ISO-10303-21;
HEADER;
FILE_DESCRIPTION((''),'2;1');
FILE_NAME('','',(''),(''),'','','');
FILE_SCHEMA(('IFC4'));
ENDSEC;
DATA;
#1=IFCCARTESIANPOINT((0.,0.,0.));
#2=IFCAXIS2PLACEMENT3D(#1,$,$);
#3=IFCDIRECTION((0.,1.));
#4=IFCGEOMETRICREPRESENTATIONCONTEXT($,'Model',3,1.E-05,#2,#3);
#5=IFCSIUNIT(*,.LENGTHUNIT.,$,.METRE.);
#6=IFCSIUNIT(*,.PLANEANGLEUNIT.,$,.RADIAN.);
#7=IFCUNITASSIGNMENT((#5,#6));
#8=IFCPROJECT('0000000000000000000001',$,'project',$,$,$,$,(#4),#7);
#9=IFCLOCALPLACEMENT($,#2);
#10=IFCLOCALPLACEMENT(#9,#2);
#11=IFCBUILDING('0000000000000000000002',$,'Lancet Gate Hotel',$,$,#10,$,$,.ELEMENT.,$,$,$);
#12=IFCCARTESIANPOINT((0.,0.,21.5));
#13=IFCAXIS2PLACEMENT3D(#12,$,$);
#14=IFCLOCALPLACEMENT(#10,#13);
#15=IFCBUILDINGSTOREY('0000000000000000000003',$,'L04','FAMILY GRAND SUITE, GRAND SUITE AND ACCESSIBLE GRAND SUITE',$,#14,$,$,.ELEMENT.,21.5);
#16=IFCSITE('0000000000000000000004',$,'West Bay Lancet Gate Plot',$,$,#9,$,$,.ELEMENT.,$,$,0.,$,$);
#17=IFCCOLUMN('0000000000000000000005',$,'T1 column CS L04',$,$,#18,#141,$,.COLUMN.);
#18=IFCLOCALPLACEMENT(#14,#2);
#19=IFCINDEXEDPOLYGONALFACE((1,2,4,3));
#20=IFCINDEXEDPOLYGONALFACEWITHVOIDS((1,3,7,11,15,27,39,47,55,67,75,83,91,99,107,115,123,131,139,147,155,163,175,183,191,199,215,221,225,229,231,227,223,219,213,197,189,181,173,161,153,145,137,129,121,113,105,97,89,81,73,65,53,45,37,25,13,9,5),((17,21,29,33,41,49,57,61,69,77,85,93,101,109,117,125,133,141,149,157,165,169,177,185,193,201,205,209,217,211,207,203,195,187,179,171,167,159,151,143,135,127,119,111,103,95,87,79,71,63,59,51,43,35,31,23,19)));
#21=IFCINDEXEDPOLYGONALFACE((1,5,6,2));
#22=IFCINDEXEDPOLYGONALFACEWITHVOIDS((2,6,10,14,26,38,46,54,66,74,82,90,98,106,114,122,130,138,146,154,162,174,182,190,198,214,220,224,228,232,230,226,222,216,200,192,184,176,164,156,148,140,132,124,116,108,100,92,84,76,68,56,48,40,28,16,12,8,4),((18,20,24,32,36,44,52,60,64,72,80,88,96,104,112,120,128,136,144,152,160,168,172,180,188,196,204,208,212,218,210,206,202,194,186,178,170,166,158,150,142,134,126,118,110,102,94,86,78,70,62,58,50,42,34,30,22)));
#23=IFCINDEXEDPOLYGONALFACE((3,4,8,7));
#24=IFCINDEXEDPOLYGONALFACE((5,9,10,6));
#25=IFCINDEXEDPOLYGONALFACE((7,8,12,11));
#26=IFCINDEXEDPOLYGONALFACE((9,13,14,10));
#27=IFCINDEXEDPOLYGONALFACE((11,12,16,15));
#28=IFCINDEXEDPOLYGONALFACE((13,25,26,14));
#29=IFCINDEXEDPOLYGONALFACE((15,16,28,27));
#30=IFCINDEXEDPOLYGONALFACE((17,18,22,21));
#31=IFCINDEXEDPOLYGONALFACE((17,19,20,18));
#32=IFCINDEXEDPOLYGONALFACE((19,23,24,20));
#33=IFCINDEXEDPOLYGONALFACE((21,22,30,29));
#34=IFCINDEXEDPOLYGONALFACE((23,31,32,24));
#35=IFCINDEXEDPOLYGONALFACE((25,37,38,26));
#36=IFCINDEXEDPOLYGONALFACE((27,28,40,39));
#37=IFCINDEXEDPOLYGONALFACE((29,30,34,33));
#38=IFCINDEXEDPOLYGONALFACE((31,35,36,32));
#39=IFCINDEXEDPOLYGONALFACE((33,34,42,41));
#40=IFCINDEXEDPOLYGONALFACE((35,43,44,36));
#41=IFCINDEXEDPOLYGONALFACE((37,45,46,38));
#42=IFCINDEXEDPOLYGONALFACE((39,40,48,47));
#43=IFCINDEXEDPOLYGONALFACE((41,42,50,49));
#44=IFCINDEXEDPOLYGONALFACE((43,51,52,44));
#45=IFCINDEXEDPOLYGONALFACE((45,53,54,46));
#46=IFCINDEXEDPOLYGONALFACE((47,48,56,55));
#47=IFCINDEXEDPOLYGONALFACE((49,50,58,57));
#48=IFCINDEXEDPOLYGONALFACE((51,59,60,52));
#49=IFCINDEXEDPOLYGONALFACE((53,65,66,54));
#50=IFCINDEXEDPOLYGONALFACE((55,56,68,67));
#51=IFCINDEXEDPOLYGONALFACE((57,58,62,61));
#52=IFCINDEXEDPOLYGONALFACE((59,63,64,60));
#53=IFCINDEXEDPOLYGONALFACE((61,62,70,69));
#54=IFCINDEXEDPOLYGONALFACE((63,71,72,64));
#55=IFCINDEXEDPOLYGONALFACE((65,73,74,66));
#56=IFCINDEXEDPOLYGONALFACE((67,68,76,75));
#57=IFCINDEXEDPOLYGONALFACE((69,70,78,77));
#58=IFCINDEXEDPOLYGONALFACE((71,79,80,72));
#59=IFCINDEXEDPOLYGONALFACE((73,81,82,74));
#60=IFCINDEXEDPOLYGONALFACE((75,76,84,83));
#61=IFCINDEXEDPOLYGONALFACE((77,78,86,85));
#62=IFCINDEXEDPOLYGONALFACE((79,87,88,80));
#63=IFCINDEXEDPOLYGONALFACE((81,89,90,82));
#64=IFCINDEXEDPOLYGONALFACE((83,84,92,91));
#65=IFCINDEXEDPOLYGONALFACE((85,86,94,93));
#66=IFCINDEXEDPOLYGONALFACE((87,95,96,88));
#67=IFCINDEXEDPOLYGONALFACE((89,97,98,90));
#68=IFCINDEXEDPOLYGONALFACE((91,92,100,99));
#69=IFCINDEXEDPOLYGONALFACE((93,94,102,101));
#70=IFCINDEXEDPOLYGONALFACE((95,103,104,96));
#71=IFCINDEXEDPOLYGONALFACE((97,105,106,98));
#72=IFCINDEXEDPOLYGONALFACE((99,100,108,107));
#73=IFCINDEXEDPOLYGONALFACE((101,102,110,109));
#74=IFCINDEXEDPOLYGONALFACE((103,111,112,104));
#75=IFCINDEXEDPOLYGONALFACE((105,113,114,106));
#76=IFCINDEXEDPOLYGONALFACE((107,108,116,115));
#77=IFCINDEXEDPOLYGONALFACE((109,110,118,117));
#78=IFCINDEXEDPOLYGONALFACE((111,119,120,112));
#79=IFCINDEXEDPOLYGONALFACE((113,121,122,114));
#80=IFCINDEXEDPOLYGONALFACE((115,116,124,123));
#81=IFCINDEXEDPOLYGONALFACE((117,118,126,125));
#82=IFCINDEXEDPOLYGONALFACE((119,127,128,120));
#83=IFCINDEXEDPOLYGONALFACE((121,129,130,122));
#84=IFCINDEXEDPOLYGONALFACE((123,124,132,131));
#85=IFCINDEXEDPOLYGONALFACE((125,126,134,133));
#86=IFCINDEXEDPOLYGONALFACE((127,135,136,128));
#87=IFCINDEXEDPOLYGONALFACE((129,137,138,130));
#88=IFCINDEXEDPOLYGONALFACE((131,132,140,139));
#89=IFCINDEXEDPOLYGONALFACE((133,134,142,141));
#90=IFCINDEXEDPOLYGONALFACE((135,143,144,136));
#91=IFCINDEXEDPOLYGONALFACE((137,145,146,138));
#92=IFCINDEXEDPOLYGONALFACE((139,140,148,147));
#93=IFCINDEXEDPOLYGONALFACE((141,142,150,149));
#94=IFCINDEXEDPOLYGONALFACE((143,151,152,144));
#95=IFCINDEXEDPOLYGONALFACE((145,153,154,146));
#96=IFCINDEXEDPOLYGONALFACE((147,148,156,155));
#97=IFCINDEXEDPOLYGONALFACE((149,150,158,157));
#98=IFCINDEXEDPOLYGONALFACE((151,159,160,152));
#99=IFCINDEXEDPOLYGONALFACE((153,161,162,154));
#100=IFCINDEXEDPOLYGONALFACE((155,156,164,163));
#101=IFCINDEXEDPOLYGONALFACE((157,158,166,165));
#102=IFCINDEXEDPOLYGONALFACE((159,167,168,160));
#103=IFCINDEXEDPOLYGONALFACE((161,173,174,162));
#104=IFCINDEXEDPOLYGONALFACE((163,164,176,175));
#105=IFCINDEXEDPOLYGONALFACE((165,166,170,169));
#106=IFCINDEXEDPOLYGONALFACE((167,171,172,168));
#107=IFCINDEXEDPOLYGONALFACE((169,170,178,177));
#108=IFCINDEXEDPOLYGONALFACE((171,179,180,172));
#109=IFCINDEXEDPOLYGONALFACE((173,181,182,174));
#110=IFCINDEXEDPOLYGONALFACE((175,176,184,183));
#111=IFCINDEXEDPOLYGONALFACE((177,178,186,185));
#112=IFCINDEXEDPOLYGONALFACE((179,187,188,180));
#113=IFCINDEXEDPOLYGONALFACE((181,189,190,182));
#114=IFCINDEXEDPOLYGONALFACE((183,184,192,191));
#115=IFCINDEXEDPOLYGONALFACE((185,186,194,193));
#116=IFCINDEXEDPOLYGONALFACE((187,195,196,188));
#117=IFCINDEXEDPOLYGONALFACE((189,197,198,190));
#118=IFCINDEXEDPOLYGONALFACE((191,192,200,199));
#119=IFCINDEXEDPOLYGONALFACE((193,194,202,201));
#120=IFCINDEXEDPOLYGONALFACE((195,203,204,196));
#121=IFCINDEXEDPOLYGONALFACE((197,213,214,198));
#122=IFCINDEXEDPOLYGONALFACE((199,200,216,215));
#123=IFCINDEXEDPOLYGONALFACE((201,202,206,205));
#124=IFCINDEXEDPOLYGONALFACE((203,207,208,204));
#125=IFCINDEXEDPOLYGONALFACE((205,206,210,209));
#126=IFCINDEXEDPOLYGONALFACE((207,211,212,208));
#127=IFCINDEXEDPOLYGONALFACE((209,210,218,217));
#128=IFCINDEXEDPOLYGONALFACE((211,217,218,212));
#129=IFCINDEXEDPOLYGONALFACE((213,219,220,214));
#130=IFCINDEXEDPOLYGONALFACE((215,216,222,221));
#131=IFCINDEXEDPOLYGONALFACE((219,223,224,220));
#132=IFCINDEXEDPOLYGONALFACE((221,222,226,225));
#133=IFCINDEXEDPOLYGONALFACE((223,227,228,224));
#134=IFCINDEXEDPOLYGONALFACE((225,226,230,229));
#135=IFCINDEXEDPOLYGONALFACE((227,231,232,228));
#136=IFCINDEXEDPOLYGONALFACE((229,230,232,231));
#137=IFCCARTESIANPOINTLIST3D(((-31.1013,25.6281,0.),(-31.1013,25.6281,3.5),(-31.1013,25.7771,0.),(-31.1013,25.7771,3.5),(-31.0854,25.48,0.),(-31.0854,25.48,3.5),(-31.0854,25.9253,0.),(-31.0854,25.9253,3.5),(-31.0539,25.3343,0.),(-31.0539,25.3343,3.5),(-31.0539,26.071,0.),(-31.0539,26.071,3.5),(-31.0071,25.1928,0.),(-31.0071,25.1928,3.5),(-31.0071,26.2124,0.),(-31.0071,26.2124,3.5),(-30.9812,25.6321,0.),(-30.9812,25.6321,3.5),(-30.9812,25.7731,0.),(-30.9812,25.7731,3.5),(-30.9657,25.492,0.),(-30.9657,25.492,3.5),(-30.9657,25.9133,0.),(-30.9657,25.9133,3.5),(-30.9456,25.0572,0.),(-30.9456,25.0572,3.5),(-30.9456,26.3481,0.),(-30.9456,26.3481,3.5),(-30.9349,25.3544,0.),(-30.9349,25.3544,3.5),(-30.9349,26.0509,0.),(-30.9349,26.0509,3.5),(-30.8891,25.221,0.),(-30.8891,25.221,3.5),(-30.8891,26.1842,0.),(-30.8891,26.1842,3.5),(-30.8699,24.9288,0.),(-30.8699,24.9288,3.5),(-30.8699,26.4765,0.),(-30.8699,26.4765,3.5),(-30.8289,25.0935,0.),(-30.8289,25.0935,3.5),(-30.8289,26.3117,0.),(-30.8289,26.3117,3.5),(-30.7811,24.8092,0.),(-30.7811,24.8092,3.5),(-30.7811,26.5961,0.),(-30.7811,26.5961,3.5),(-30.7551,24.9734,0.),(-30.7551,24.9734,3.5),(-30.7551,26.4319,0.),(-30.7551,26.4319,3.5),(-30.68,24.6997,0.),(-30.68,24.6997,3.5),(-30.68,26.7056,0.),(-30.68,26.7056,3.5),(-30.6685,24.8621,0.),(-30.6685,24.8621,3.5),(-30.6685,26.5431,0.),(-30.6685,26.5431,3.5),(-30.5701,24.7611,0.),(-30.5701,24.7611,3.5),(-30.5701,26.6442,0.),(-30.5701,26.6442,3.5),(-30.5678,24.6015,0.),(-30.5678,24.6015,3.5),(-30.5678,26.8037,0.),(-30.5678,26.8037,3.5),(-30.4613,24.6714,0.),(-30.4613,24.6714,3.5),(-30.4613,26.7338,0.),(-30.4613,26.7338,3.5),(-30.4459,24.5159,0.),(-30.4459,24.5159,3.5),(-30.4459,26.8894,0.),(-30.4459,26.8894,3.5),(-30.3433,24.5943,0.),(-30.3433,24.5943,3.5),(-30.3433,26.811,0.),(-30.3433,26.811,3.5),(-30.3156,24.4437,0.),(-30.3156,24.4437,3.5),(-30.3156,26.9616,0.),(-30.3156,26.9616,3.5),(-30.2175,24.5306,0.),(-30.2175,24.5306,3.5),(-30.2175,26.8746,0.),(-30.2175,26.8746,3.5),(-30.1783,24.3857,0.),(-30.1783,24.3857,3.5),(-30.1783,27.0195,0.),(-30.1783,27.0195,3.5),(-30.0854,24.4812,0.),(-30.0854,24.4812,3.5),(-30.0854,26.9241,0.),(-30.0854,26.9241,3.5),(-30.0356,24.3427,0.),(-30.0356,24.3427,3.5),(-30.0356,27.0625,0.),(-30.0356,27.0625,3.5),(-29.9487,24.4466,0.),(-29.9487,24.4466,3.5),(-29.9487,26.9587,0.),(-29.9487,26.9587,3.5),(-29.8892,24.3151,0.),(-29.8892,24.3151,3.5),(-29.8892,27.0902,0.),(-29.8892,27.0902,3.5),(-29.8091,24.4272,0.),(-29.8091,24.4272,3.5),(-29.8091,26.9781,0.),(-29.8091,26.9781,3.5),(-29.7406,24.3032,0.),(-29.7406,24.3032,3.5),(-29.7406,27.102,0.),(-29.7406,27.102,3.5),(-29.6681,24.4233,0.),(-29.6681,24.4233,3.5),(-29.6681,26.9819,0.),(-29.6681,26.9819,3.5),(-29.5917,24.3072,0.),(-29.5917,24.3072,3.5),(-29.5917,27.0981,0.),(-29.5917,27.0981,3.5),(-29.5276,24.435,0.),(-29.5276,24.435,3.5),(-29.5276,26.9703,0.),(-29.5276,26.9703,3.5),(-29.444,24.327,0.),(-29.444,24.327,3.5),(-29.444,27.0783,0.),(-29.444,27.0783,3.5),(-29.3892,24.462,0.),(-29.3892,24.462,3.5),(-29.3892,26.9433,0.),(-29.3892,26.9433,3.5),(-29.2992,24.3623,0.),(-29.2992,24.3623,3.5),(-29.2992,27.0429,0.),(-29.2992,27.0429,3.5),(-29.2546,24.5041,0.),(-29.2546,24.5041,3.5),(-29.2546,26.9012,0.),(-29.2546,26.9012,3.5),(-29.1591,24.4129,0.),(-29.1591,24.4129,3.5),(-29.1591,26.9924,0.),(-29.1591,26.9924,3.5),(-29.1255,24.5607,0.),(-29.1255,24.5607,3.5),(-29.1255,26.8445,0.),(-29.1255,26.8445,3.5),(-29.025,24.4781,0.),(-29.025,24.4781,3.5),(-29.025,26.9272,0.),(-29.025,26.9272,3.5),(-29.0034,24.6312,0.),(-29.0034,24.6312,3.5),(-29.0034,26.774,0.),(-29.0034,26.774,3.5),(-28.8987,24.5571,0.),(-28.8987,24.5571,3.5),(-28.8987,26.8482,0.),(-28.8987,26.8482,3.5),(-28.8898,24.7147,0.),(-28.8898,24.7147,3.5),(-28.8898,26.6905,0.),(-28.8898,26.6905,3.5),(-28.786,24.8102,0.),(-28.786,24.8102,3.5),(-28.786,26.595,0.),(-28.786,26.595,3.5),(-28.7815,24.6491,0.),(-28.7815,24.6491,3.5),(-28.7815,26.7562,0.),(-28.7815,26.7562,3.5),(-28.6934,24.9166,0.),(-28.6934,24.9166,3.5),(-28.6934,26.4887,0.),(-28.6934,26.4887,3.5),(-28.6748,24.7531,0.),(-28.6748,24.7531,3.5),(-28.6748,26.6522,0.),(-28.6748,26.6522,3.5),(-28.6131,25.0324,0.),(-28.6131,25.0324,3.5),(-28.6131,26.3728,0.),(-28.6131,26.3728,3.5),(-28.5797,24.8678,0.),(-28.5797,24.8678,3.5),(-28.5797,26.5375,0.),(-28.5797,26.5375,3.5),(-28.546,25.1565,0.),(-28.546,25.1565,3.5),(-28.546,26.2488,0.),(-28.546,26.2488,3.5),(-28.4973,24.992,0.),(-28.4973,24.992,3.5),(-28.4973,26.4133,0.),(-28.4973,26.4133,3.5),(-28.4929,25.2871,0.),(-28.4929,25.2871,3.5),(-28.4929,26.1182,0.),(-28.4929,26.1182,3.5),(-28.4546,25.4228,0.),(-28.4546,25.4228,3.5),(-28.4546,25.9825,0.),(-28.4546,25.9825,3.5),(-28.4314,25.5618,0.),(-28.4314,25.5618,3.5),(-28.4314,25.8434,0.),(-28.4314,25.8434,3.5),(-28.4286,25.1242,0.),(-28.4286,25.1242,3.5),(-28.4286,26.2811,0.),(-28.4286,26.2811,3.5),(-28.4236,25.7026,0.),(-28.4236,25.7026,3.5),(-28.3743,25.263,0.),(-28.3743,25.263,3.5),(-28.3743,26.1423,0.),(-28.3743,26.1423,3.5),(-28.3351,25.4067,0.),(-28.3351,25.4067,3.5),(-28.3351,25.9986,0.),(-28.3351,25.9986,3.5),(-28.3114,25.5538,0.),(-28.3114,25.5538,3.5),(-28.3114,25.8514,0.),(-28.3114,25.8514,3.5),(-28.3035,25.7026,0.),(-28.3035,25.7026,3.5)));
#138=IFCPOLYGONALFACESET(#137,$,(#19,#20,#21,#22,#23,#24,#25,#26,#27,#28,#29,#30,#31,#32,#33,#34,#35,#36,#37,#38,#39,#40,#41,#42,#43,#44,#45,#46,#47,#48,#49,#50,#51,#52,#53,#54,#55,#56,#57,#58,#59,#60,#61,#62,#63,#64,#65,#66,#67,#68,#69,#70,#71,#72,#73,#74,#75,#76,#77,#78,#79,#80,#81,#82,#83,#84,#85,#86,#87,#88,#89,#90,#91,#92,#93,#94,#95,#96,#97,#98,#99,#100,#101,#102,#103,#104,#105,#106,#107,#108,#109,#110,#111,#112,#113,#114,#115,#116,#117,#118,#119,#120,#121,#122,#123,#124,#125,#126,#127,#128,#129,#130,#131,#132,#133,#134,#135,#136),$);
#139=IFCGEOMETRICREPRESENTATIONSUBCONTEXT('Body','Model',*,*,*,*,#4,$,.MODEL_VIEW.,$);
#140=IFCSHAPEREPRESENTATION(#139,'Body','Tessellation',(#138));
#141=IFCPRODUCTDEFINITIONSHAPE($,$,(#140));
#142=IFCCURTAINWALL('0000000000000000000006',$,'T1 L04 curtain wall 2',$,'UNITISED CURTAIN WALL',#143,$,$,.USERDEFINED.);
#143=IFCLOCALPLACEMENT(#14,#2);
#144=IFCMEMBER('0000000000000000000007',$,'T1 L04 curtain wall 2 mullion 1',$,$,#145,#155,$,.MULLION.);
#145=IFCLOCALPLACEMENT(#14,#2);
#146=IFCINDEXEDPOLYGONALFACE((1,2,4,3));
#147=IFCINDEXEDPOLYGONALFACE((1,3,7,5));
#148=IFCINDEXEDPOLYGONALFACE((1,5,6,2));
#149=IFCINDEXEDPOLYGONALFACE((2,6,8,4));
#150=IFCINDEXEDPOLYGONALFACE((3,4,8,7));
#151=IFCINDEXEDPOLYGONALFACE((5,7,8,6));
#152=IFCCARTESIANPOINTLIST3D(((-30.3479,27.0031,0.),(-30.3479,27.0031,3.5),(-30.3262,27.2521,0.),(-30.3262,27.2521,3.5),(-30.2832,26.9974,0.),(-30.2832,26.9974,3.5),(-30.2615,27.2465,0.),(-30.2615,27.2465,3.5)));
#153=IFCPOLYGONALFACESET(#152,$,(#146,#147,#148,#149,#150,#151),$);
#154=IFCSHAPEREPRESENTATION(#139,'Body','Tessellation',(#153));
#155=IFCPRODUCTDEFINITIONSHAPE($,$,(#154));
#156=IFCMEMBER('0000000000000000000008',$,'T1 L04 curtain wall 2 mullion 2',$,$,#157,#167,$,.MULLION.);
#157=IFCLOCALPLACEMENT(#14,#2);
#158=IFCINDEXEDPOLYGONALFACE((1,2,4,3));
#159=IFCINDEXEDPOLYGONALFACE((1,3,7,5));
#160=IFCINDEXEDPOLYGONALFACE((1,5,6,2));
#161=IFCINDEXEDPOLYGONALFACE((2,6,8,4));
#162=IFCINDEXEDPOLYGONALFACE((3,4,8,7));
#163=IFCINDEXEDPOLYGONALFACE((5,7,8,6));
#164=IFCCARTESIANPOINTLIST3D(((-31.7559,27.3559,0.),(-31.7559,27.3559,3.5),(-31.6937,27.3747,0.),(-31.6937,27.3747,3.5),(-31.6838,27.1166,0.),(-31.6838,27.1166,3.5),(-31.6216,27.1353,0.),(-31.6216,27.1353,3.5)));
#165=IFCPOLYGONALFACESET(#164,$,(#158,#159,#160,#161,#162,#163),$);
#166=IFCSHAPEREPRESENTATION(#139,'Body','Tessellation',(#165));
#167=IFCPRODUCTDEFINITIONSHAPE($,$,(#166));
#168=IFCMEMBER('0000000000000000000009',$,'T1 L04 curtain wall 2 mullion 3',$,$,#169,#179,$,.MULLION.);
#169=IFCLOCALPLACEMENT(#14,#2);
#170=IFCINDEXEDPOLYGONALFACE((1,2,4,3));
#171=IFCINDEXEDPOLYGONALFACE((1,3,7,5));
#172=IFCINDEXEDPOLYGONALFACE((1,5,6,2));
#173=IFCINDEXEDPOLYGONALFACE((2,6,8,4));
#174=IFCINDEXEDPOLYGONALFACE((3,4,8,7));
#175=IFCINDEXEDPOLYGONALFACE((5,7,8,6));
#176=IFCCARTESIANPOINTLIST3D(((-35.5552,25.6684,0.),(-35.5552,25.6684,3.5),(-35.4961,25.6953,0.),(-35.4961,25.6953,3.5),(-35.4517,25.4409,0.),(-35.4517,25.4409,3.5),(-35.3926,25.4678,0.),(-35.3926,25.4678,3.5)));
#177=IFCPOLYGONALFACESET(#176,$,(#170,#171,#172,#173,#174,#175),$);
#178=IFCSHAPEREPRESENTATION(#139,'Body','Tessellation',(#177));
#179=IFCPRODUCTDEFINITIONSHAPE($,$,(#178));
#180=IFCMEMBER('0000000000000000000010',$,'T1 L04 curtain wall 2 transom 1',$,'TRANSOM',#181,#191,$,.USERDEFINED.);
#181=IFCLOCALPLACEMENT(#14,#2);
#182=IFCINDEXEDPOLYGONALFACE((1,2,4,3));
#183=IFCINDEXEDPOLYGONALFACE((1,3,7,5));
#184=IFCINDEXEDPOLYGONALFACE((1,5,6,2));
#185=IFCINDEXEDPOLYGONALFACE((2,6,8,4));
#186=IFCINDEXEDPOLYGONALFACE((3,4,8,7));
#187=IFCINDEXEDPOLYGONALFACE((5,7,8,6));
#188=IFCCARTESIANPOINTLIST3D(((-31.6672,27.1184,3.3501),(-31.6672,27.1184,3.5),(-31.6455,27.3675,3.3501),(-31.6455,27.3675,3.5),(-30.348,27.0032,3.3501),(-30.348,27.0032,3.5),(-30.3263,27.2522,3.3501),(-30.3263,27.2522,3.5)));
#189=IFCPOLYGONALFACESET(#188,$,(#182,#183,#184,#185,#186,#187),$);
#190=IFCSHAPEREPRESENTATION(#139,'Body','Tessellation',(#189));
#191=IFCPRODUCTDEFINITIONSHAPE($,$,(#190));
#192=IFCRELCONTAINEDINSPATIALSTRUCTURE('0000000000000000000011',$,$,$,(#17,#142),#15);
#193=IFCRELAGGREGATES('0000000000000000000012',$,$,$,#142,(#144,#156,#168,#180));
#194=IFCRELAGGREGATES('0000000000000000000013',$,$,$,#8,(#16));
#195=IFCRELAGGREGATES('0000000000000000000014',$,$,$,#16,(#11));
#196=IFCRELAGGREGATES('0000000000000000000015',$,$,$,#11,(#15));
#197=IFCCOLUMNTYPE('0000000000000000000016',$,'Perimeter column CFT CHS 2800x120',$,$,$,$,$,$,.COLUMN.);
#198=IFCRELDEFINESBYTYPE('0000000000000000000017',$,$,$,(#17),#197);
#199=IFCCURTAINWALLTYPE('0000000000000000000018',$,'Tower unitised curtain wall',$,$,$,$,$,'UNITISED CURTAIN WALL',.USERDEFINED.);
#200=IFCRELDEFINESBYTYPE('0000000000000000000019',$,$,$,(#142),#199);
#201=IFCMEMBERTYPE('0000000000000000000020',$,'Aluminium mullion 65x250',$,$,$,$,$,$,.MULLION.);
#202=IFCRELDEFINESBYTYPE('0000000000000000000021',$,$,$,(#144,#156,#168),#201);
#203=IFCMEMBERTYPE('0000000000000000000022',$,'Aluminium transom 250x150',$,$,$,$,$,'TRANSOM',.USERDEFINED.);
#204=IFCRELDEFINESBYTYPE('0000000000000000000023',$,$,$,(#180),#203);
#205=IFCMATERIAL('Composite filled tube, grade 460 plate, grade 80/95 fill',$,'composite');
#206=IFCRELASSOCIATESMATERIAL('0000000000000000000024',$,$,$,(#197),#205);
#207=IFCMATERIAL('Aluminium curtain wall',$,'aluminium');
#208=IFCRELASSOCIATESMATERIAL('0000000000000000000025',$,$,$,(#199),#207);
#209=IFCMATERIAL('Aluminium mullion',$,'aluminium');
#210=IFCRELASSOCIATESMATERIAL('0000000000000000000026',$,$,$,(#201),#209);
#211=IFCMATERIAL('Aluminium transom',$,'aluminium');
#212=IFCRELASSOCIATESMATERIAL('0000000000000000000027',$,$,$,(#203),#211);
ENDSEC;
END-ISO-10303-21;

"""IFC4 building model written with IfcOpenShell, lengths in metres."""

from ifc_helpers import new_model, si_unit, direction, frame, origin, origin_2d, place, context, subcontext, project, spatial, rectangle, hollow_circle, extrude, material, material_profile, profile_set, type_object, element, aggregate, save


model = new_model("IFC4")

# Units and contexts
model_context = context("Model", 3, precision=1e-05, world=origin(), true_north=direction((0.0, 1.0)))
body_context = subcontext(model_context, "Body", "Model", "MODEL_VIEW")
ifc_project = project(units=[si_unit("LENGTHUNIT", "METRE"), si_unit("PLANEANGLEUNIT", "RADIAN")], contexts=[model_context])

# Site, building, storey
site_placement = place(None, origin())
site = spatial("IfcSite", under=ifc_project, at=site_placement, Name="West Bay Lancet Gate Plot", CompositionType="ELEMENT", RefElevation=0.0)
building_placement = place(site_placement, origin())
building = spatial("IfcBuilding", under=site, at=building_placement, Name="Lancet Gate Hotel", CompositionType="ELEMENT")
storey_placement = place(building_placement, frame((0.0, 0.0, 21.5)))
storey = spatial("IfcBuildingStorey", under=building, at=storey_placement, Name="L04", Description="FAMILY GRAND SUITE, GRAND SUITE AND ACCESSIBLE GRAND SUITE", CompositionType="ELEMENT", Elevation=21.5)

# Column
ifc_material_1 = material(Name="Composite filled tube, grade 460 plate, grade 80/95 fill", Category="composite")
ifc_material_profile_1 = material_profile(ifc_material_1, hollow_circle(Radius=1.3999, WallThickness=0.1201, at=origin_2d()), Name="CHS 2800x120")
ifc_profile_set_1 = profile_set([ifc_material_profile_1], Name="Composite filled tube, grade 460 plate, grade 80/95 fill")
column_type = type_object("IfcColumnType", Name="Perimeter column CFT CHS 2800x120", PredefinedType="COLUMN", material=ifc_profile_set_1)
column_placement = place(storey_placement, frame((-29.7034, 25.7026, 0.0), z_axis=(0.0, 0.0, 1.0), x_axis=(1.0, 0.0, 0.0)))
element("IfcColumn", 1, at=column_placement, inside=storey, type_object=column_type, Name="T1 column CS L04", PredefinedType="COLUMN", context=body_context, shape_type="SweptSolid", body=[
    extrude(hollow_circle(Radius=1.3999, WallThickness=0.1201, at=origin_2d()), origin(), (0.0, 0.0, 1.0), 3.5),
])

# Curtain wall, members
ifc_material_2 = material(Name="Aluminium curtain wall", Category="aluminium")
curtain_wall_type = type_object("IfcCurtainWallType", Name="Tower unitised curtain wall", ElementType="UNITISED CURTAIN WALL", PredefinedType="USERDEFINED", material=ifc_material_2)
curtain_wall_placement = place(storey_placement, origin())
curtain_wall = element("IfcCurtainWall", 2, at=curtain_wall_placement, inside=storey, type_object=curtain_wall_type, Name="T1 L04 curtain wall 2", ObjectType="UNITISED CURTAIN WALL", PredefinedType="USERDEFINED")
ifc_material_3 = material(Name="Aluminium mullion", Category="aluminium")
ifc_material_profile_2 = material_profile(ifc_material_3, rectangle(XDim=0.0649, YDim=0.25, at=origin_2d()), Name="MULLION 65x250")
ifc_profile_set_2 = profile_set([ifc_material_profile_2], Name="Aluminium mullion")
member_type_1 = type_object("IfcMemberType", Name="Aluminium mullion 65x250", PredefinedType="MULLION", material=ifc_profile_set_2)
member_1_placement = place(storey_placement, frame((-30.3047, 27.1248, 0.0), z_axis=(0.0, 0.0, 1.0), x_axis=(-0.996204, 0.087052, 0.0)))
member_1 = element("IfcMember", 3, at=member_1_placement, type_object=member_type_1, Name="T1 L04 curtain wall 2 mullion 1", PredefinedType="MULLION", context=body_context, shape_type="SweptSolid", body=[
    extrude(rectangle(XDim=0.0649, YDim=0.25, at=origin_2d()), origin(), (0.0, 0.0, 1.0), 3.5),
])
member_2_placement = place(storey_placement, frame((-31.6887, 27.2456, 0.0), z_axis=(0.0, 0.0, 1.0), x_axis=(-0.957524, -0.288352, 0.0)))
member_2 = element("IfcMember", 4, at=member_2_placement, type_object=member_type_1, Name="T1 L04 curtain wall 2 mullion 2", PredefinedType="MULLION", context=body_context, shape_type="SweptSolid", body=[
    extrude(rectangle(XDim=0.0649, YDim=0.25, at=origin_2d()), origin(), (0.0, 0.0, 1.0), 3.5),
])
member_3_placement = place(storey_placement, frame((-35.4739, 25.5681, 0.0), z_axis=(0.0, 0.0, 1.0), x_axis=(-0.91022, -0.414126, 0.0)))
member_3 = element("IfcMember", 5, at=member_3_placement, type_object=member_type_1, Name="T1 L04 curtain wall 2 mullion 3", PredefinedType="MULLION", context=body_context, shape_type="SweptSolid", body=[
    extrude(rectangle(XDim=0.0649, YDim=0.25, at=origin_2d()), origin(), (0.0, 0.0, 1.0), 3.5),
])
ifc_material_4 = material(Name="Aluminium transom", Category="aluminium")
ifc_material_profile_3 = material_profile(ifc_material_4, rectangle(XDim=0.25, YDim=0.1499, at=origin_2d()), Name="TRANSOM 250x150")
ifc_profile_set_3 = profile_set([ifc_material_profile_3], Name="Aluminium transom")
member_type_2 = type_object("IfcMemberType", Name="Aluminium transom 250x150", ElementType="TRANSOM", PredefinedType="USERDEFINED", material=ifc_profile_set_3)
member_4_placement = place(storey_placement, frame((-30.3372, 27.1277, 3.425), z_axis=(-0.996206, 0.087027, 0.0), x_axis=(-0.087027, -0.996206, 0.0)))
member_4 = element("IfcMember", 6, at=member_4_placement, type_object=member_type_2, Name="T1 L04 curtain wall 2 transom 1", ObjectType="TRANSOM", PredefinedType="USERDEFINED", context=body_context, shape_type="SweptSolid", body=[
    extrude(rectangle(XDim=0.25, YDim=0.1499, at=origin_2d()), origin(), (0.0, 0.0, 1.0), 1.3242),
])

aggregate(curtain_wall, [member_1, member_2, member_3, member_4])

save(model, "model.ifc")
